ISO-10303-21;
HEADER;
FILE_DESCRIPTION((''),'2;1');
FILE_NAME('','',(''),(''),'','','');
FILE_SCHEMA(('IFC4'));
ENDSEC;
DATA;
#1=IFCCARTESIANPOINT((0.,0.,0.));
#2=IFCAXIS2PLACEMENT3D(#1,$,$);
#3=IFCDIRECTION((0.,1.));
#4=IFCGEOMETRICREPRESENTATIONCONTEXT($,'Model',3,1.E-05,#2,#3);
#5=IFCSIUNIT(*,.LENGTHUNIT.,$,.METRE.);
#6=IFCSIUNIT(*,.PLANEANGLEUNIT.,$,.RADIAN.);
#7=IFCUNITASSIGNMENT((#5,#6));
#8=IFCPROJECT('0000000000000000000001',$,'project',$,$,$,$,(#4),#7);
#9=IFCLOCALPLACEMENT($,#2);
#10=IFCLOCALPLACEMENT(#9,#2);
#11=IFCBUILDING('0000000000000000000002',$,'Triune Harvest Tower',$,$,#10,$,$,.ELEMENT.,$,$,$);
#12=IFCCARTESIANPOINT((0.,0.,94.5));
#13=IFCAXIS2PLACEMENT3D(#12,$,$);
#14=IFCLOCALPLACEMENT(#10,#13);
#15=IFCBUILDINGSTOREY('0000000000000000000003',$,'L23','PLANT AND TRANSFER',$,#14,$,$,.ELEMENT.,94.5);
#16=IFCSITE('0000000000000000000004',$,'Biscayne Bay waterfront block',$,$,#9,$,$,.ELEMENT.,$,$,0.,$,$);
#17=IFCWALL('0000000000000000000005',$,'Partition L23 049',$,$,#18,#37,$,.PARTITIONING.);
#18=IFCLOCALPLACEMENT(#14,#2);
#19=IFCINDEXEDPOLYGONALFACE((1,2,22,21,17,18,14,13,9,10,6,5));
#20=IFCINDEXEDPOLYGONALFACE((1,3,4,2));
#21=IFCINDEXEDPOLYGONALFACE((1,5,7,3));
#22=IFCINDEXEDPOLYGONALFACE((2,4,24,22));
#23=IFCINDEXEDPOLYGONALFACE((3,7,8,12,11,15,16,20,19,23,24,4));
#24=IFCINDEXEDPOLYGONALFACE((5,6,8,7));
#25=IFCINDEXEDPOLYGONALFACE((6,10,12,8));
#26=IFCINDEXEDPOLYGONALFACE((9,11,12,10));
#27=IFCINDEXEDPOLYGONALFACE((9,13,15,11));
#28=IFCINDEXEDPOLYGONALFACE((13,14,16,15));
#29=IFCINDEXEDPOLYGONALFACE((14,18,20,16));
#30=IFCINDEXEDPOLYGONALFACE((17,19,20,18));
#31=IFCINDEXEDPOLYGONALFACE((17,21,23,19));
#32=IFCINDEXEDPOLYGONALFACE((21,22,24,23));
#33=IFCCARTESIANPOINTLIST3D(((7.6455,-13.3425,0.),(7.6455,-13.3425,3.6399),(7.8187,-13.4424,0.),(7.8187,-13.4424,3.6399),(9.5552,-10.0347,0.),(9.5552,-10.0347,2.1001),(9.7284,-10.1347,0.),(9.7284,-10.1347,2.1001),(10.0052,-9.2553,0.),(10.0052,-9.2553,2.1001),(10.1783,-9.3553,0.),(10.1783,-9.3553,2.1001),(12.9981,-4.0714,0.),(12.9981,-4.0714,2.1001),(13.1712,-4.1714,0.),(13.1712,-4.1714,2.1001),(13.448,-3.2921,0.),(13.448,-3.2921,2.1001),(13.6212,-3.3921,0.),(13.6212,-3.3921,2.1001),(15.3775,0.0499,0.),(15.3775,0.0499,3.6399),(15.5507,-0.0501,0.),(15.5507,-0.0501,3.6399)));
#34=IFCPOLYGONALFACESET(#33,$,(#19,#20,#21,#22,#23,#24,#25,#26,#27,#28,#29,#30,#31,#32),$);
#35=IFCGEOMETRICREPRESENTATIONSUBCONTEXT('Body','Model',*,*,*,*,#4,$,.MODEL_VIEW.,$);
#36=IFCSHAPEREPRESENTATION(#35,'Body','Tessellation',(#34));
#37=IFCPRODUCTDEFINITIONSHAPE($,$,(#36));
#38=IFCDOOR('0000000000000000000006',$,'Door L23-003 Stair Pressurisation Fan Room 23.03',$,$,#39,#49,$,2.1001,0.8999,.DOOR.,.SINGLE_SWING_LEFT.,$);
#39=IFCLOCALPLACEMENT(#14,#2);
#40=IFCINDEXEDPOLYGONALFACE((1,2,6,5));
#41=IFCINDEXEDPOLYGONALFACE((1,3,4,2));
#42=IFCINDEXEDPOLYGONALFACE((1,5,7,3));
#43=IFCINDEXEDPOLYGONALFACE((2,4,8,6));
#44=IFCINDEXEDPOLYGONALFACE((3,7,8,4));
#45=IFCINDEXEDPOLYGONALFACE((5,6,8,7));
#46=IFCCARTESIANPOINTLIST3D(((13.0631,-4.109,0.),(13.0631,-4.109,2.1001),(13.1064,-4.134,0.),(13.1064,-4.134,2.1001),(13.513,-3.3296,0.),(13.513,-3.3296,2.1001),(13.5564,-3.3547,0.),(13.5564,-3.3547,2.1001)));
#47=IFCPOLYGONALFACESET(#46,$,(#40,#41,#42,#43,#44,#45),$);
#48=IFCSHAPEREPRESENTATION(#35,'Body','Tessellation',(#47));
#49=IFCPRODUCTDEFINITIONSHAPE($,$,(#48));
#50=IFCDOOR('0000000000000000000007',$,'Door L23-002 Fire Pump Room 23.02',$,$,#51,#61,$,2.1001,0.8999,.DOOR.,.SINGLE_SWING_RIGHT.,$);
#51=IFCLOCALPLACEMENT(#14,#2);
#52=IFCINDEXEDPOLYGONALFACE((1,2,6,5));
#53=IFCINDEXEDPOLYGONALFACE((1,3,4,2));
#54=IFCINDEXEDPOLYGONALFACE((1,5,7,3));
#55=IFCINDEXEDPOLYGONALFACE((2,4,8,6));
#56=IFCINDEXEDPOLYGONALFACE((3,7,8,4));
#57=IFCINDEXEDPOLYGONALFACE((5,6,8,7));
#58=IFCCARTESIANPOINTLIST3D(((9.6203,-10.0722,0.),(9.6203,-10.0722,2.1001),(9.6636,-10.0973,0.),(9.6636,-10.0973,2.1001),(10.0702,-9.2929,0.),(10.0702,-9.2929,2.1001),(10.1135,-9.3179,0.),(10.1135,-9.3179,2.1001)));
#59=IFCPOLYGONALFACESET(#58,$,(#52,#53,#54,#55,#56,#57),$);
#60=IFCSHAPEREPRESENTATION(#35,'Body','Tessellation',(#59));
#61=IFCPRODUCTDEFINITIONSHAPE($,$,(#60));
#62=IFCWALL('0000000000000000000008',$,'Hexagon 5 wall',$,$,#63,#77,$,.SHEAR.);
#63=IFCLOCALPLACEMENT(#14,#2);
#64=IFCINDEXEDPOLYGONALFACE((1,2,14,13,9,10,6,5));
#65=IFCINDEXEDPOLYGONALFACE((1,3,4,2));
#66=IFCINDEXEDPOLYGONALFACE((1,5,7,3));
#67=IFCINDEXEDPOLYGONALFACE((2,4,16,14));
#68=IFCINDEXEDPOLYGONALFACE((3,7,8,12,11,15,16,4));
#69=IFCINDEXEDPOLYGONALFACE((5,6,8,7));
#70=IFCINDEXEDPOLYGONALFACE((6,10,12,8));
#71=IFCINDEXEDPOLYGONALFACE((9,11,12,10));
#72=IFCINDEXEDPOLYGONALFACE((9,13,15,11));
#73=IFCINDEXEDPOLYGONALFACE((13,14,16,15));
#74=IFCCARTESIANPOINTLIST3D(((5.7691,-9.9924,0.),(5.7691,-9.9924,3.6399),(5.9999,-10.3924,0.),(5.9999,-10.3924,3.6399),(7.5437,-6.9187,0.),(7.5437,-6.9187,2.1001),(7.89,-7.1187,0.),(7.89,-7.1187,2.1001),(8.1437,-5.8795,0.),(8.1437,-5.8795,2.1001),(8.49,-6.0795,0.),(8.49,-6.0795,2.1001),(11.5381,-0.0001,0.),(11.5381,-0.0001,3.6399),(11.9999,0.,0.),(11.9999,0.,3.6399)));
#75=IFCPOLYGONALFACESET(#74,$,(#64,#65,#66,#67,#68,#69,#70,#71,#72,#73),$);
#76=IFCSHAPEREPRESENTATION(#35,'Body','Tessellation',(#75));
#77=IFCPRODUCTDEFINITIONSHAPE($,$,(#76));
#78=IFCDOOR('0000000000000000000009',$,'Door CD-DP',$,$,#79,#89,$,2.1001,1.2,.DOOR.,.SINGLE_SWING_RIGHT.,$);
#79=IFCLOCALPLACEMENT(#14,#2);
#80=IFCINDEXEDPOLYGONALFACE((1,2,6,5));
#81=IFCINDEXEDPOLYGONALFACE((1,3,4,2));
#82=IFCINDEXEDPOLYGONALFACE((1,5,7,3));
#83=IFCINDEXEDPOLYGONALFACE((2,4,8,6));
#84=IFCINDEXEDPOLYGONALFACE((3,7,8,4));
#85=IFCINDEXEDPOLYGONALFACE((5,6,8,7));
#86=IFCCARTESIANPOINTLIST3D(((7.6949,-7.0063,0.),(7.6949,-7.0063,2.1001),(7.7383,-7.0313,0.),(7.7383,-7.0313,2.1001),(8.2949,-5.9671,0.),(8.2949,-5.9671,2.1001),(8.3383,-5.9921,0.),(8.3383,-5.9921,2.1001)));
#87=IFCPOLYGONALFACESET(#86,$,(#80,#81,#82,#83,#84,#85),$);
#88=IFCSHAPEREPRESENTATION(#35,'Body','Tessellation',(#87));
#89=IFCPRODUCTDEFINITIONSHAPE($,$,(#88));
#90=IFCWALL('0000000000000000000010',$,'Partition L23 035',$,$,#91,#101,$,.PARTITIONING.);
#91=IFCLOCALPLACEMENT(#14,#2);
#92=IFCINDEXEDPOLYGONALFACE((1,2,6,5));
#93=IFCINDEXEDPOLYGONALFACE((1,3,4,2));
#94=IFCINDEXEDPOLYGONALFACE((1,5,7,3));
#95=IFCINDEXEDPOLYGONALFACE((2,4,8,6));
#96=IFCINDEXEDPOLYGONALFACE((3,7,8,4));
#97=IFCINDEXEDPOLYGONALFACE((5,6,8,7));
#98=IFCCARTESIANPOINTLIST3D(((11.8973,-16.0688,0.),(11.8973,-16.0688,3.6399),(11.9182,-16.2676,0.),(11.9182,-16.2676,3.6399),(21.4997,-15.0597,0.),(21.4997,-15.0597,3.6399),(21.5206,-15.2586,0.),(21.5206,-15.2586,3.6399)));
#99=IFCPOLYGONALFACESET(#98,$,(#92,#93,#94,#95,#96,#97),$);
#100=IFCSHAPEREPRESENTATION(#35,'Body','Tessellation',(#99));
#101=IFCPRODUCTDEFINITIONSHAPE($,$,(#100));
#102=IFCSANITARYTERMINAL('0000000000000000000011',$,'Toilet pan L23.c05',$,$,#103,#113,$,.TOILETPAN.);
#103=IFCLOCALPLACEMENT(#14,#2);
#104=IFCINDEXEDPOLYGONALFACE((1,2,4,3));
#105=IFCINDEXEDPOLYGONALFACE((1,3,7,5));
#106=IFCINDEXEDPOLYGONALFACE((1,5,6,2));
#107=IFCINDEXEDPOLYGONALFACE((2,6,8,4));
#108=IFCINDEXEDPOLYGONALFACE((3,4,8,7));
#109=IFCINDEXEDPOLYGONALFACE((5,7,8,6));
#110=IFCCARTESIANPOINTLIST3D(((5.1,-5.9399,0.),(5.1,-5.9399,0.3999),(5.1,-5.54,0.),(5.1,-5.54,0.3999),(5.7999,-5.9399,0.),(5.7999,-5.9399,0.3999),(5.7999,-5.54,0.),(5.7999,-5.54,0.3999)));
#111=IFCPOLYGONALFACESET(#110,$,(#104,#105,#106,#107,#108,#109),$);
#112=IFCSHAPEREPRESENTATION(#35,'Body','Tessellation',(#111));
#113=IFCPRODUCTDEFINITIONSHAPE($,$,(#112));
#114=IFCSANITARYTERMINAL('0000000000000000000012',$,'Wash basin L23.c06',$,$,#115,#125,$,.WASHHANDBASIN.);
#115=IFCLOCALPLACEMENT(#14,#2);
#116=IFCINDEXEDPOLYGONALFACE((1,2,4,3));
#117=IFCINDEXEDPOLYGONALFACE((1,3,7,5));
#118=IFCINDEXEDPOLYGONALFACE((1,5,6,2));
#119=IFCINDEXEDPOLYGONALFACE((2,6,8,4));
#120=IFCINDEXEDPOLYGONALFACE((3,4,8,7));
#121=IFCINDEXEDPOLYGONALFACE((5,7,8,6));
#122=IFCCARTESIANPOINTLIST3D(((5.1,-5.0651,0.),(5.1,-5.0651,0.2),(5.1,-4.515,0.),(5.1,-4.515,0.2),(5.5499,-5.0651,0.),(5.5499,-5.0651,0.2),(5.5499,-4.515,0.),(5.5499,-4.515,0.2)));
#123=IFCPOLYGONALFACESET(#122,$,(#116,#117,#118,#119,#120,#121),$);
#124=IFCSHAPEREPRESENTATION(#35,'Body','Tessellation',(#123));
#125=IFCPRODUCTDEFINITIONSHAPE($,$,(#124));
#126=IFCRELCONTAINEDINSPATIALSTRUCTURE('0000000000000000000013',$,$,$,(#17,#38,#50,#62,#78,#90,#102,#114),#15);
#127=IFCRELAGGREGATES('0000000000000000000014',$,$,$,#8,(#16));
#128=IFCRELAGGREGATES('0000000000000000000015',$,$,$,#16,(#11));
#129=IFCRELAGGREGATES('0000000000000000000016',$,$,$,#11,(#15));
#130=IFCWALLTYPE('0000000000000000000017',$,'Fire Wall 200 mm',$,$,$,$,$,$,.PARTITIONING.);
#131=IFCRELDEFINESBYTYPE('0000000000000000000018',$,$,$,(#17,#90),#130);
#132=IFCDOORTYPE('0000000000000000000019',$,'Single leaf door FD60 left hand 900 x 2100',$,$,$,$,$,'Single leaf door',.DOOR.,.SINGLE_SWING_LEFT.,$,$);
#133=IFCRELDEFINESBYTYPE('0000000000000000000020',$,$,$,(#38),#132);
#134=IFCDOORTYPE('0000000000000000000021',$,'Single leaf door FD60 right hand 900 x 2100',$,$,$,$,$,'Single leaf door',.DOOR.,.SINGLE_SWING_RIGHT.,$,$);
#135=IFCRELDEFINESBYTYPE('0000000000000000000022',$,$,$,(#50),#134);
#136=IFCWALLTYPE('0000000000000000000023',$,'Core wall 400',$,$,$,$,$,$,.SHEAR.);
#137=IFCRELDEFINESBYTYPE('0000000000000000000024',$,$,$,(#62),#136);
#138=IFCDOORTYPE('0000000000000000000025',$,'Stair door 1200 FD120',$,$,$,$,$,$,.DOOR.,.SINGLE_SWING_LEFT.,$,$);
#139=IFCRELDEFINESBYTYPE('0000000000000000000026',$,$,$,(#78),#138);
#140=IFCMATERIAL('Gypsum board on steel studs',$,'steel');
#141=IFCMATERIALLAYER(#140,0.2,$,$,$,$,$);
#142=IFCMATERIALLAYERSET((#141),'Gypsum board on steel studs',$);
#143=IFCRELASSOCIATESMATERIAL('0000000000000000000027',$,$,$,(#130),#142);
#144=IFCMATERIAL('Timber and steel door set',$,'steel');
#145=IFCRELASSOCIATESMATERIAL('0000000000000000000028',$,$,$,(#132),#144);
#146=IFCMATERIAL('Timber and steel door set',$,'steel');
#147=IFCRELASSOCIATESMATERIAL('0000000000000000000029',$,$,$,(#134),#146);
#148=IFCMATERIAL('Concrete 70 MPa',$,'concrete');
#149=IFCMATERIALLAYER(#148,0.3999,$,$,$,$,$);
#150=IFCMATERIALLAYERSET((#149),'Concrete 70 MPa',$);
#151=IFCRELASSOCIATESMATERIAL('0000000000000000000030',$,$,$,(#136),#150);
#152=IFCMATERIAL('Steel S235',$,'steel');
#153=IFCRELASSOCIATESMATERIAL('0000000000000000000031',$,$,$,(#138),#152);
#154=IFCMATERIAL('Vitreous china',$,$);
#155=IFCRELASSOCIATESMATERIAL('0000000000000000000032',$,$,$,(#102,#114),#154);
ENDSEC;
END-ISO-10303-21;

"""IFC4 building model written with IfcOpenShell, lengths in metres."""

from ifc_helpers import new_model, si_unit, direction, frame, frame_2d, origin, origin_2d, place, context, subcontext, project, spatial, polyline, rectangle, outline, extrude, source, transform, mapped, material, layer, layer_set, type_object, element, fill, save


model = new_model("IFC4")

# Units and contexts
model_context = context("Model", 3, precision=1e-05, world=origin(), true_north=direction((0.0, 1.0)))
body_context = subcontext(model_context, "Body", "Model", "MODEL_VIEW")
ifc_project = project(units=[si_unit("LENGTHUNIT", "METRE"), si_unit("PLANEANGLEUNIT", "RADIAN")], contexts=[model_context])

# Site, building, storey
site_placement = place(None, origin())
site = spatial("IfcSite", under=ifc_project, at=site_placement, Name="Biscayne Bay waterfront block", CompositionType="ELEMENT", RefElevation=0.0)
building_placement = place(site_placement, origin())
building = spatial("IfcBuilding", under=site, at=building_placement, Name="Triune Harvest Tower", CompositionType="ELEMENT")
storey_placement = place(building_placement, frame((0.0, 0.0, 94.5)))
storey = spatial("IfcBuildingStorey", under=building, at=storey_placement, Name="L23", Description="PLANT AND TRANSFER", CompositionType="ELEMENT", Elevation=94.5)

# Shared definitions
ifc_material_1 = material(Name="Gypsum board on steel studs", Category="steel")
ifc_layer_1 = layer(ifc_material_1, 0.2)
ifc_layer_set_1 = layer_set([ifc_layer_1], Name="Gypsum board on steel studs")
wall_type_1 = type_object("IfcWallType", Name="Fire Wall 200 mm", PredefinedType="PARTITIONING", material=ifc_layer_set_1)

# Wall, openings, doors
wall_1_placement = place(storey_placement, frame((7.7322, -13.3923, 0.0), z_axis=(0.0, 0.0, 1.0), x_axis=(0.499993, 0.866029, 0.0)))
wall_1 = element("IfcWall", 1, at=wall_1_placement, inside=storey, type_object=wall_type_1, Name="Partition L23 049", PredefinedType="PARTITIONING", context=body_context, shape_type="SweptSolid", body=[
    extrude(rectangle(XDim=15.4641, YDim=0.2, at=frame_2d((7.7319, 0.0))), origin(), (0.0, 0.0, 1.0), 3.6399),
])
opening_1_placement = place(wall_1_placement, frame((3.8193, 0.0, 0.0)))
opening_1 = element("IfcOpeningElement", 2, at=opening_1_placement, cuts=wall_1, PredefinedType="OPENING", context=body_context, shape_type="SweptSolid", body=[
    extrude(rectangle(XDim=0.8999, YDim=2.1001, at=frame_2d((0.45, 1.05))), frame((0.0, 0.1099, 0.0), z_axis=(0.0, -1.0, 0.0), x_axis=(1.0, 0.0, 0.0)), (0.0, 0.0, 1.0), 0.22),
])
opening_2_placement = place(wall_1_placement, frame((10.7051, 0.0, 0.0)))
opening_2 = element("IfcOpeningElement", 3, at=opening_2_placement, cuts=wall_1, PredefinedType="OPENING", context=body_context, shape_type="SweptSolid", body=[
    extrude(rectangle(XDim=0.8999, YDim=2.1001, at=frame_2d((0.45, 1.05))), frame((0.0, 0.1099, 0.0), z_axis=(0.0, -1.0, 0.0), x_axis=(1.0, 0.0, 0.0)), (0.0, 0.0, 1.0), 0.22),
])
ifc_material_2 = material(Name="Timber and steel door set", Category="steel")
door_type_1 = type_object("IfcDoorType", Name="Single leaf door FD60 left hand 900 x 2100", ElementType="Single leaf door", OperationType="SINGLE_SWING_LEFT", PredefinedType="DOOR", material=ifc_material_2)
door_1_placement = place(opening_2_placement, origin())
door_1 = element("IfcDoor", 4, at=door_1_placement, inside=storey, type_object=door_type_1, Name="Door L23-003 Stair Pressurisation Fan Room 23.03", OperationType="SINGLE_SWING_LEFT", OverallHeight=2.1001, OverallWidth=0.8999, PredefinedType="DOOR", context=body_context, shape_type="SweptSolid", body=[
    extrude(rectangle(XDim=0.8999, YDim=2.1001, at=frame_2d((0.45, 1.05))), frame((0.0, 0.0249, 0.0), z_axis=(0.0, -1.0, 0.0), x_axis=(1.0, 0.0, 0.0)), (0.0, 0.0, 1.0), 0.05),
])
fill(opening_2, door_1)
ifc_material_3 = material(Name="Timber and steel door set", Category="steel")
door_type_2 = type_object("IfcDoorType", Name="Single leaf door FD60 right hand 900 x 2100", ElementType="Single leaf door", OperationType="SINGLE_SWING_RIGHT", PredefinedType="DOOR", material=ifc_material_3)
door_2_placement = place(opening_1_placement, origin())
door_2 = element("IfcDoor", 5, at=door_2_placement, inside=storey, type_object=door_type_2, Name="Door L23-002 Fire Pump Room 23.02", OperationType="SINGLE_SWING_RIGHT", OverallHeight=2.1001, OverallWidth=0.8999, PredefinedType="DOOR", context=body_context, shape_type="SweptSolid", body=[
    extrude(rectangle(XDim=0.8999, YDim=2.1001, at=frame_2d((0.45, 1.05))), frame((0.0, 0.0249, 0.0), z_axis=(0.0, -1.0, 0.0), x_axis=(1.0, 0.0, 0.0)), (0.0, 0.0, 1.0), 0.05),
])
fill(opening_1, door_2)

# Wall, opening, door
ifc_material_4 = material(Name="Concrete 70 MPa", Category="concrete")
ifc_layer_2 = layer(ifc_material_4, 0.3999)
ifc_layer_set_2 = layer_set([ifc_layer_2], Name="Concrete 70 MPa")
wall_type_2 = type_object("IfcWallType", Name="Core wall 400", PredefinedType="SHEAR", material=ifc_layer_set_2)
shared_shape_1 = source(origin(), body_context, "Body", "SweptSolid", [
    extrude(outline(polyline([(-0.1155, -0.2), (11.8845, -0.2), (11.6536, 0.2), (0.1155, 0.2), (-0.1155, -0.2)])), origin(), (0.0, 0.0, 1.0), 3.6399),
])
wall_2_placement = place(storey_placement, frame((5.8845, -10.1924, 0.0), z_axis=(0.0, 0.0, 1.0), x_axis=(0.499997, 0.866027, 0.0)))
wall_2 = element("IfcWall", 6, at=wall_2_placement, inside=storey, type_object=wall_type_2, Name="Hexagon 5 wall", PredefinedType="SHEAR", context=body_context, shape_type="MappedRepresentation", body=[
    mapped(shared_shape_1, transform((0.0, 0.0, 0.0), scale=1.0)),
])
opening_3_placement = place(wall_2_placement, frame((3.6646, 0.0, 0.0)))
opening_3 = element("IfcOpeningElement", 7, at=opening_3_placement, cuts=wall_2, PredefinedType="OPENING", context=body_context, shape_type="SweptSolid", body=[
    extrude(rectangle(XDim=1.2, YDim=2.1001, at=frame_2d((0.6001, 1.05))), frame((0.0, 0.21, 0.0), z_axis=(0.0, -1.0, 0.0), x_axis=(1.0, 0.0, 0.0)), (0.0, 0.0, 1.0), 0.4199),
])
ifc_material_5 = material(Name="Steel S235", Category="steel")
door_type_3 = type_object("IfcDoorType", Name="Stair door 1200 FD120", OperationType="SINGLE_SWING_LEFT", PredefinedType="DOOR", material=ifc_material_5)
door_3_placement = place(opening_3_placement, frame((1.2, 0.0, 0.0), z_axis=(0.0, 0.0, 1.0), x_axis=(-1.0, 0.0, 0.0)))
door_3 = element("IfcDoor", 8, at=door_3_placement, inside=storey, type_object=door_type_3, Name="Door CD-DP", OperationType="SINGLE_SWING_RIGHT", OverallHeight=2.1001, OverallWidth=1.2, PredefinedType="DOOR", context=body_context, shape_type="SweptSolid", body=[
    extrude(rectangle(XDim=1.2, YDim=2.1001, at=frame_2d((0.6001, 1.05))), frame((0.0, 0.0249, 0.0), z_axis=(0.0, -1.0, 0.0), x_axis=(1.0, 0.0, 0.0)), (0.0, 0.0, 1.0), 0.05),
])
fill(opening_3, door_3)

# Wall
shared_shape_2 = source(origin(), body_context, "Body", "SweptSolid", [
    extrude(rectangle(XDim=9.6553, YDim=0.2, at=frame_2d((4.8276, 0.0))), origin(), (0.0, 0.0, 1.0), 3.6399),
])
wall_3_placement = place(storey_placement, frame((11.9077, -16.1682, 0.0), z_axis=(0.0, 0.0, 1.0), x_axis=(0.994524, 0.104507, 0.0)))
element("IfcWall", 9, at=wall_3_placement, inside=storey, type_object=wall_type_1, Name="Partition L23 035", PredefinedType="PARTITIONING", context=body_context, shape_type="MappedRepresentation", body=[
    mapped(shared_shape_2, transform((0.0, 0.0, 0.0), scale=1.0)),
])

# Sanitary terminals
ifc_material_6 = material(Name="Vitreous china")
shared_shape_3 = source(origin(), body_context, "Body", "SweptSolid", [
    extrude(rectangle(XDim=0.3999, YDim=0.7, at=origin_2d()), origin(), (0.0, 0.0, 1.0), 0.3999),
])
sanitary_terminal_1_placement = place(storey_placement, frame((5.45, -5.74, 0.0), z_axis=(0.0, 0.0, 1.0), x_axis=(0.0, 1.0, 0.0)))
element("IfcSanitaryTerminal", 10, at=sanitary_terminal_1_placement, inside=storey, material=ifc_material_6, Name="Toilet pan L23.c05", PredefinedType="TOILETPAN", context=body_context, shape_type="MappedRepresentation", body=[
    mapped(shared_shape_3, transform((0.0, 0.0, 0.0), scale=1.0)),
])
shared_shape_4 = source(origin(), body_context, "Body", "SweptSolid", [
    extrude(rectangle(XDim=0.55, YDim=0.45, at=origin_2d()), origin(), (0.0, 0.0, 1.0), 0.2),
])
sanitary_terminal_2_placement = place(storey_placement, frame((5.325, -4.79, 0.0), z_axis=(0.0, 0.0, 1.0), x_axis=(0.0, 1.0, 0.0)))
element("IfcSanitaryTerminal", 11, at=sanitary_terminal_2_placement, inside=storey, material=ifc_material_6, Name="Wash basin L23.c06", PredefinedType="WASHHANDBASIN", context=body_context, shape_type="MappedRepresentation", body=[
    mapped(shared_shape_4, transform((0.0, 0.0, 0.0), scale=1.0)),
])

save(model, "model.ifc")
